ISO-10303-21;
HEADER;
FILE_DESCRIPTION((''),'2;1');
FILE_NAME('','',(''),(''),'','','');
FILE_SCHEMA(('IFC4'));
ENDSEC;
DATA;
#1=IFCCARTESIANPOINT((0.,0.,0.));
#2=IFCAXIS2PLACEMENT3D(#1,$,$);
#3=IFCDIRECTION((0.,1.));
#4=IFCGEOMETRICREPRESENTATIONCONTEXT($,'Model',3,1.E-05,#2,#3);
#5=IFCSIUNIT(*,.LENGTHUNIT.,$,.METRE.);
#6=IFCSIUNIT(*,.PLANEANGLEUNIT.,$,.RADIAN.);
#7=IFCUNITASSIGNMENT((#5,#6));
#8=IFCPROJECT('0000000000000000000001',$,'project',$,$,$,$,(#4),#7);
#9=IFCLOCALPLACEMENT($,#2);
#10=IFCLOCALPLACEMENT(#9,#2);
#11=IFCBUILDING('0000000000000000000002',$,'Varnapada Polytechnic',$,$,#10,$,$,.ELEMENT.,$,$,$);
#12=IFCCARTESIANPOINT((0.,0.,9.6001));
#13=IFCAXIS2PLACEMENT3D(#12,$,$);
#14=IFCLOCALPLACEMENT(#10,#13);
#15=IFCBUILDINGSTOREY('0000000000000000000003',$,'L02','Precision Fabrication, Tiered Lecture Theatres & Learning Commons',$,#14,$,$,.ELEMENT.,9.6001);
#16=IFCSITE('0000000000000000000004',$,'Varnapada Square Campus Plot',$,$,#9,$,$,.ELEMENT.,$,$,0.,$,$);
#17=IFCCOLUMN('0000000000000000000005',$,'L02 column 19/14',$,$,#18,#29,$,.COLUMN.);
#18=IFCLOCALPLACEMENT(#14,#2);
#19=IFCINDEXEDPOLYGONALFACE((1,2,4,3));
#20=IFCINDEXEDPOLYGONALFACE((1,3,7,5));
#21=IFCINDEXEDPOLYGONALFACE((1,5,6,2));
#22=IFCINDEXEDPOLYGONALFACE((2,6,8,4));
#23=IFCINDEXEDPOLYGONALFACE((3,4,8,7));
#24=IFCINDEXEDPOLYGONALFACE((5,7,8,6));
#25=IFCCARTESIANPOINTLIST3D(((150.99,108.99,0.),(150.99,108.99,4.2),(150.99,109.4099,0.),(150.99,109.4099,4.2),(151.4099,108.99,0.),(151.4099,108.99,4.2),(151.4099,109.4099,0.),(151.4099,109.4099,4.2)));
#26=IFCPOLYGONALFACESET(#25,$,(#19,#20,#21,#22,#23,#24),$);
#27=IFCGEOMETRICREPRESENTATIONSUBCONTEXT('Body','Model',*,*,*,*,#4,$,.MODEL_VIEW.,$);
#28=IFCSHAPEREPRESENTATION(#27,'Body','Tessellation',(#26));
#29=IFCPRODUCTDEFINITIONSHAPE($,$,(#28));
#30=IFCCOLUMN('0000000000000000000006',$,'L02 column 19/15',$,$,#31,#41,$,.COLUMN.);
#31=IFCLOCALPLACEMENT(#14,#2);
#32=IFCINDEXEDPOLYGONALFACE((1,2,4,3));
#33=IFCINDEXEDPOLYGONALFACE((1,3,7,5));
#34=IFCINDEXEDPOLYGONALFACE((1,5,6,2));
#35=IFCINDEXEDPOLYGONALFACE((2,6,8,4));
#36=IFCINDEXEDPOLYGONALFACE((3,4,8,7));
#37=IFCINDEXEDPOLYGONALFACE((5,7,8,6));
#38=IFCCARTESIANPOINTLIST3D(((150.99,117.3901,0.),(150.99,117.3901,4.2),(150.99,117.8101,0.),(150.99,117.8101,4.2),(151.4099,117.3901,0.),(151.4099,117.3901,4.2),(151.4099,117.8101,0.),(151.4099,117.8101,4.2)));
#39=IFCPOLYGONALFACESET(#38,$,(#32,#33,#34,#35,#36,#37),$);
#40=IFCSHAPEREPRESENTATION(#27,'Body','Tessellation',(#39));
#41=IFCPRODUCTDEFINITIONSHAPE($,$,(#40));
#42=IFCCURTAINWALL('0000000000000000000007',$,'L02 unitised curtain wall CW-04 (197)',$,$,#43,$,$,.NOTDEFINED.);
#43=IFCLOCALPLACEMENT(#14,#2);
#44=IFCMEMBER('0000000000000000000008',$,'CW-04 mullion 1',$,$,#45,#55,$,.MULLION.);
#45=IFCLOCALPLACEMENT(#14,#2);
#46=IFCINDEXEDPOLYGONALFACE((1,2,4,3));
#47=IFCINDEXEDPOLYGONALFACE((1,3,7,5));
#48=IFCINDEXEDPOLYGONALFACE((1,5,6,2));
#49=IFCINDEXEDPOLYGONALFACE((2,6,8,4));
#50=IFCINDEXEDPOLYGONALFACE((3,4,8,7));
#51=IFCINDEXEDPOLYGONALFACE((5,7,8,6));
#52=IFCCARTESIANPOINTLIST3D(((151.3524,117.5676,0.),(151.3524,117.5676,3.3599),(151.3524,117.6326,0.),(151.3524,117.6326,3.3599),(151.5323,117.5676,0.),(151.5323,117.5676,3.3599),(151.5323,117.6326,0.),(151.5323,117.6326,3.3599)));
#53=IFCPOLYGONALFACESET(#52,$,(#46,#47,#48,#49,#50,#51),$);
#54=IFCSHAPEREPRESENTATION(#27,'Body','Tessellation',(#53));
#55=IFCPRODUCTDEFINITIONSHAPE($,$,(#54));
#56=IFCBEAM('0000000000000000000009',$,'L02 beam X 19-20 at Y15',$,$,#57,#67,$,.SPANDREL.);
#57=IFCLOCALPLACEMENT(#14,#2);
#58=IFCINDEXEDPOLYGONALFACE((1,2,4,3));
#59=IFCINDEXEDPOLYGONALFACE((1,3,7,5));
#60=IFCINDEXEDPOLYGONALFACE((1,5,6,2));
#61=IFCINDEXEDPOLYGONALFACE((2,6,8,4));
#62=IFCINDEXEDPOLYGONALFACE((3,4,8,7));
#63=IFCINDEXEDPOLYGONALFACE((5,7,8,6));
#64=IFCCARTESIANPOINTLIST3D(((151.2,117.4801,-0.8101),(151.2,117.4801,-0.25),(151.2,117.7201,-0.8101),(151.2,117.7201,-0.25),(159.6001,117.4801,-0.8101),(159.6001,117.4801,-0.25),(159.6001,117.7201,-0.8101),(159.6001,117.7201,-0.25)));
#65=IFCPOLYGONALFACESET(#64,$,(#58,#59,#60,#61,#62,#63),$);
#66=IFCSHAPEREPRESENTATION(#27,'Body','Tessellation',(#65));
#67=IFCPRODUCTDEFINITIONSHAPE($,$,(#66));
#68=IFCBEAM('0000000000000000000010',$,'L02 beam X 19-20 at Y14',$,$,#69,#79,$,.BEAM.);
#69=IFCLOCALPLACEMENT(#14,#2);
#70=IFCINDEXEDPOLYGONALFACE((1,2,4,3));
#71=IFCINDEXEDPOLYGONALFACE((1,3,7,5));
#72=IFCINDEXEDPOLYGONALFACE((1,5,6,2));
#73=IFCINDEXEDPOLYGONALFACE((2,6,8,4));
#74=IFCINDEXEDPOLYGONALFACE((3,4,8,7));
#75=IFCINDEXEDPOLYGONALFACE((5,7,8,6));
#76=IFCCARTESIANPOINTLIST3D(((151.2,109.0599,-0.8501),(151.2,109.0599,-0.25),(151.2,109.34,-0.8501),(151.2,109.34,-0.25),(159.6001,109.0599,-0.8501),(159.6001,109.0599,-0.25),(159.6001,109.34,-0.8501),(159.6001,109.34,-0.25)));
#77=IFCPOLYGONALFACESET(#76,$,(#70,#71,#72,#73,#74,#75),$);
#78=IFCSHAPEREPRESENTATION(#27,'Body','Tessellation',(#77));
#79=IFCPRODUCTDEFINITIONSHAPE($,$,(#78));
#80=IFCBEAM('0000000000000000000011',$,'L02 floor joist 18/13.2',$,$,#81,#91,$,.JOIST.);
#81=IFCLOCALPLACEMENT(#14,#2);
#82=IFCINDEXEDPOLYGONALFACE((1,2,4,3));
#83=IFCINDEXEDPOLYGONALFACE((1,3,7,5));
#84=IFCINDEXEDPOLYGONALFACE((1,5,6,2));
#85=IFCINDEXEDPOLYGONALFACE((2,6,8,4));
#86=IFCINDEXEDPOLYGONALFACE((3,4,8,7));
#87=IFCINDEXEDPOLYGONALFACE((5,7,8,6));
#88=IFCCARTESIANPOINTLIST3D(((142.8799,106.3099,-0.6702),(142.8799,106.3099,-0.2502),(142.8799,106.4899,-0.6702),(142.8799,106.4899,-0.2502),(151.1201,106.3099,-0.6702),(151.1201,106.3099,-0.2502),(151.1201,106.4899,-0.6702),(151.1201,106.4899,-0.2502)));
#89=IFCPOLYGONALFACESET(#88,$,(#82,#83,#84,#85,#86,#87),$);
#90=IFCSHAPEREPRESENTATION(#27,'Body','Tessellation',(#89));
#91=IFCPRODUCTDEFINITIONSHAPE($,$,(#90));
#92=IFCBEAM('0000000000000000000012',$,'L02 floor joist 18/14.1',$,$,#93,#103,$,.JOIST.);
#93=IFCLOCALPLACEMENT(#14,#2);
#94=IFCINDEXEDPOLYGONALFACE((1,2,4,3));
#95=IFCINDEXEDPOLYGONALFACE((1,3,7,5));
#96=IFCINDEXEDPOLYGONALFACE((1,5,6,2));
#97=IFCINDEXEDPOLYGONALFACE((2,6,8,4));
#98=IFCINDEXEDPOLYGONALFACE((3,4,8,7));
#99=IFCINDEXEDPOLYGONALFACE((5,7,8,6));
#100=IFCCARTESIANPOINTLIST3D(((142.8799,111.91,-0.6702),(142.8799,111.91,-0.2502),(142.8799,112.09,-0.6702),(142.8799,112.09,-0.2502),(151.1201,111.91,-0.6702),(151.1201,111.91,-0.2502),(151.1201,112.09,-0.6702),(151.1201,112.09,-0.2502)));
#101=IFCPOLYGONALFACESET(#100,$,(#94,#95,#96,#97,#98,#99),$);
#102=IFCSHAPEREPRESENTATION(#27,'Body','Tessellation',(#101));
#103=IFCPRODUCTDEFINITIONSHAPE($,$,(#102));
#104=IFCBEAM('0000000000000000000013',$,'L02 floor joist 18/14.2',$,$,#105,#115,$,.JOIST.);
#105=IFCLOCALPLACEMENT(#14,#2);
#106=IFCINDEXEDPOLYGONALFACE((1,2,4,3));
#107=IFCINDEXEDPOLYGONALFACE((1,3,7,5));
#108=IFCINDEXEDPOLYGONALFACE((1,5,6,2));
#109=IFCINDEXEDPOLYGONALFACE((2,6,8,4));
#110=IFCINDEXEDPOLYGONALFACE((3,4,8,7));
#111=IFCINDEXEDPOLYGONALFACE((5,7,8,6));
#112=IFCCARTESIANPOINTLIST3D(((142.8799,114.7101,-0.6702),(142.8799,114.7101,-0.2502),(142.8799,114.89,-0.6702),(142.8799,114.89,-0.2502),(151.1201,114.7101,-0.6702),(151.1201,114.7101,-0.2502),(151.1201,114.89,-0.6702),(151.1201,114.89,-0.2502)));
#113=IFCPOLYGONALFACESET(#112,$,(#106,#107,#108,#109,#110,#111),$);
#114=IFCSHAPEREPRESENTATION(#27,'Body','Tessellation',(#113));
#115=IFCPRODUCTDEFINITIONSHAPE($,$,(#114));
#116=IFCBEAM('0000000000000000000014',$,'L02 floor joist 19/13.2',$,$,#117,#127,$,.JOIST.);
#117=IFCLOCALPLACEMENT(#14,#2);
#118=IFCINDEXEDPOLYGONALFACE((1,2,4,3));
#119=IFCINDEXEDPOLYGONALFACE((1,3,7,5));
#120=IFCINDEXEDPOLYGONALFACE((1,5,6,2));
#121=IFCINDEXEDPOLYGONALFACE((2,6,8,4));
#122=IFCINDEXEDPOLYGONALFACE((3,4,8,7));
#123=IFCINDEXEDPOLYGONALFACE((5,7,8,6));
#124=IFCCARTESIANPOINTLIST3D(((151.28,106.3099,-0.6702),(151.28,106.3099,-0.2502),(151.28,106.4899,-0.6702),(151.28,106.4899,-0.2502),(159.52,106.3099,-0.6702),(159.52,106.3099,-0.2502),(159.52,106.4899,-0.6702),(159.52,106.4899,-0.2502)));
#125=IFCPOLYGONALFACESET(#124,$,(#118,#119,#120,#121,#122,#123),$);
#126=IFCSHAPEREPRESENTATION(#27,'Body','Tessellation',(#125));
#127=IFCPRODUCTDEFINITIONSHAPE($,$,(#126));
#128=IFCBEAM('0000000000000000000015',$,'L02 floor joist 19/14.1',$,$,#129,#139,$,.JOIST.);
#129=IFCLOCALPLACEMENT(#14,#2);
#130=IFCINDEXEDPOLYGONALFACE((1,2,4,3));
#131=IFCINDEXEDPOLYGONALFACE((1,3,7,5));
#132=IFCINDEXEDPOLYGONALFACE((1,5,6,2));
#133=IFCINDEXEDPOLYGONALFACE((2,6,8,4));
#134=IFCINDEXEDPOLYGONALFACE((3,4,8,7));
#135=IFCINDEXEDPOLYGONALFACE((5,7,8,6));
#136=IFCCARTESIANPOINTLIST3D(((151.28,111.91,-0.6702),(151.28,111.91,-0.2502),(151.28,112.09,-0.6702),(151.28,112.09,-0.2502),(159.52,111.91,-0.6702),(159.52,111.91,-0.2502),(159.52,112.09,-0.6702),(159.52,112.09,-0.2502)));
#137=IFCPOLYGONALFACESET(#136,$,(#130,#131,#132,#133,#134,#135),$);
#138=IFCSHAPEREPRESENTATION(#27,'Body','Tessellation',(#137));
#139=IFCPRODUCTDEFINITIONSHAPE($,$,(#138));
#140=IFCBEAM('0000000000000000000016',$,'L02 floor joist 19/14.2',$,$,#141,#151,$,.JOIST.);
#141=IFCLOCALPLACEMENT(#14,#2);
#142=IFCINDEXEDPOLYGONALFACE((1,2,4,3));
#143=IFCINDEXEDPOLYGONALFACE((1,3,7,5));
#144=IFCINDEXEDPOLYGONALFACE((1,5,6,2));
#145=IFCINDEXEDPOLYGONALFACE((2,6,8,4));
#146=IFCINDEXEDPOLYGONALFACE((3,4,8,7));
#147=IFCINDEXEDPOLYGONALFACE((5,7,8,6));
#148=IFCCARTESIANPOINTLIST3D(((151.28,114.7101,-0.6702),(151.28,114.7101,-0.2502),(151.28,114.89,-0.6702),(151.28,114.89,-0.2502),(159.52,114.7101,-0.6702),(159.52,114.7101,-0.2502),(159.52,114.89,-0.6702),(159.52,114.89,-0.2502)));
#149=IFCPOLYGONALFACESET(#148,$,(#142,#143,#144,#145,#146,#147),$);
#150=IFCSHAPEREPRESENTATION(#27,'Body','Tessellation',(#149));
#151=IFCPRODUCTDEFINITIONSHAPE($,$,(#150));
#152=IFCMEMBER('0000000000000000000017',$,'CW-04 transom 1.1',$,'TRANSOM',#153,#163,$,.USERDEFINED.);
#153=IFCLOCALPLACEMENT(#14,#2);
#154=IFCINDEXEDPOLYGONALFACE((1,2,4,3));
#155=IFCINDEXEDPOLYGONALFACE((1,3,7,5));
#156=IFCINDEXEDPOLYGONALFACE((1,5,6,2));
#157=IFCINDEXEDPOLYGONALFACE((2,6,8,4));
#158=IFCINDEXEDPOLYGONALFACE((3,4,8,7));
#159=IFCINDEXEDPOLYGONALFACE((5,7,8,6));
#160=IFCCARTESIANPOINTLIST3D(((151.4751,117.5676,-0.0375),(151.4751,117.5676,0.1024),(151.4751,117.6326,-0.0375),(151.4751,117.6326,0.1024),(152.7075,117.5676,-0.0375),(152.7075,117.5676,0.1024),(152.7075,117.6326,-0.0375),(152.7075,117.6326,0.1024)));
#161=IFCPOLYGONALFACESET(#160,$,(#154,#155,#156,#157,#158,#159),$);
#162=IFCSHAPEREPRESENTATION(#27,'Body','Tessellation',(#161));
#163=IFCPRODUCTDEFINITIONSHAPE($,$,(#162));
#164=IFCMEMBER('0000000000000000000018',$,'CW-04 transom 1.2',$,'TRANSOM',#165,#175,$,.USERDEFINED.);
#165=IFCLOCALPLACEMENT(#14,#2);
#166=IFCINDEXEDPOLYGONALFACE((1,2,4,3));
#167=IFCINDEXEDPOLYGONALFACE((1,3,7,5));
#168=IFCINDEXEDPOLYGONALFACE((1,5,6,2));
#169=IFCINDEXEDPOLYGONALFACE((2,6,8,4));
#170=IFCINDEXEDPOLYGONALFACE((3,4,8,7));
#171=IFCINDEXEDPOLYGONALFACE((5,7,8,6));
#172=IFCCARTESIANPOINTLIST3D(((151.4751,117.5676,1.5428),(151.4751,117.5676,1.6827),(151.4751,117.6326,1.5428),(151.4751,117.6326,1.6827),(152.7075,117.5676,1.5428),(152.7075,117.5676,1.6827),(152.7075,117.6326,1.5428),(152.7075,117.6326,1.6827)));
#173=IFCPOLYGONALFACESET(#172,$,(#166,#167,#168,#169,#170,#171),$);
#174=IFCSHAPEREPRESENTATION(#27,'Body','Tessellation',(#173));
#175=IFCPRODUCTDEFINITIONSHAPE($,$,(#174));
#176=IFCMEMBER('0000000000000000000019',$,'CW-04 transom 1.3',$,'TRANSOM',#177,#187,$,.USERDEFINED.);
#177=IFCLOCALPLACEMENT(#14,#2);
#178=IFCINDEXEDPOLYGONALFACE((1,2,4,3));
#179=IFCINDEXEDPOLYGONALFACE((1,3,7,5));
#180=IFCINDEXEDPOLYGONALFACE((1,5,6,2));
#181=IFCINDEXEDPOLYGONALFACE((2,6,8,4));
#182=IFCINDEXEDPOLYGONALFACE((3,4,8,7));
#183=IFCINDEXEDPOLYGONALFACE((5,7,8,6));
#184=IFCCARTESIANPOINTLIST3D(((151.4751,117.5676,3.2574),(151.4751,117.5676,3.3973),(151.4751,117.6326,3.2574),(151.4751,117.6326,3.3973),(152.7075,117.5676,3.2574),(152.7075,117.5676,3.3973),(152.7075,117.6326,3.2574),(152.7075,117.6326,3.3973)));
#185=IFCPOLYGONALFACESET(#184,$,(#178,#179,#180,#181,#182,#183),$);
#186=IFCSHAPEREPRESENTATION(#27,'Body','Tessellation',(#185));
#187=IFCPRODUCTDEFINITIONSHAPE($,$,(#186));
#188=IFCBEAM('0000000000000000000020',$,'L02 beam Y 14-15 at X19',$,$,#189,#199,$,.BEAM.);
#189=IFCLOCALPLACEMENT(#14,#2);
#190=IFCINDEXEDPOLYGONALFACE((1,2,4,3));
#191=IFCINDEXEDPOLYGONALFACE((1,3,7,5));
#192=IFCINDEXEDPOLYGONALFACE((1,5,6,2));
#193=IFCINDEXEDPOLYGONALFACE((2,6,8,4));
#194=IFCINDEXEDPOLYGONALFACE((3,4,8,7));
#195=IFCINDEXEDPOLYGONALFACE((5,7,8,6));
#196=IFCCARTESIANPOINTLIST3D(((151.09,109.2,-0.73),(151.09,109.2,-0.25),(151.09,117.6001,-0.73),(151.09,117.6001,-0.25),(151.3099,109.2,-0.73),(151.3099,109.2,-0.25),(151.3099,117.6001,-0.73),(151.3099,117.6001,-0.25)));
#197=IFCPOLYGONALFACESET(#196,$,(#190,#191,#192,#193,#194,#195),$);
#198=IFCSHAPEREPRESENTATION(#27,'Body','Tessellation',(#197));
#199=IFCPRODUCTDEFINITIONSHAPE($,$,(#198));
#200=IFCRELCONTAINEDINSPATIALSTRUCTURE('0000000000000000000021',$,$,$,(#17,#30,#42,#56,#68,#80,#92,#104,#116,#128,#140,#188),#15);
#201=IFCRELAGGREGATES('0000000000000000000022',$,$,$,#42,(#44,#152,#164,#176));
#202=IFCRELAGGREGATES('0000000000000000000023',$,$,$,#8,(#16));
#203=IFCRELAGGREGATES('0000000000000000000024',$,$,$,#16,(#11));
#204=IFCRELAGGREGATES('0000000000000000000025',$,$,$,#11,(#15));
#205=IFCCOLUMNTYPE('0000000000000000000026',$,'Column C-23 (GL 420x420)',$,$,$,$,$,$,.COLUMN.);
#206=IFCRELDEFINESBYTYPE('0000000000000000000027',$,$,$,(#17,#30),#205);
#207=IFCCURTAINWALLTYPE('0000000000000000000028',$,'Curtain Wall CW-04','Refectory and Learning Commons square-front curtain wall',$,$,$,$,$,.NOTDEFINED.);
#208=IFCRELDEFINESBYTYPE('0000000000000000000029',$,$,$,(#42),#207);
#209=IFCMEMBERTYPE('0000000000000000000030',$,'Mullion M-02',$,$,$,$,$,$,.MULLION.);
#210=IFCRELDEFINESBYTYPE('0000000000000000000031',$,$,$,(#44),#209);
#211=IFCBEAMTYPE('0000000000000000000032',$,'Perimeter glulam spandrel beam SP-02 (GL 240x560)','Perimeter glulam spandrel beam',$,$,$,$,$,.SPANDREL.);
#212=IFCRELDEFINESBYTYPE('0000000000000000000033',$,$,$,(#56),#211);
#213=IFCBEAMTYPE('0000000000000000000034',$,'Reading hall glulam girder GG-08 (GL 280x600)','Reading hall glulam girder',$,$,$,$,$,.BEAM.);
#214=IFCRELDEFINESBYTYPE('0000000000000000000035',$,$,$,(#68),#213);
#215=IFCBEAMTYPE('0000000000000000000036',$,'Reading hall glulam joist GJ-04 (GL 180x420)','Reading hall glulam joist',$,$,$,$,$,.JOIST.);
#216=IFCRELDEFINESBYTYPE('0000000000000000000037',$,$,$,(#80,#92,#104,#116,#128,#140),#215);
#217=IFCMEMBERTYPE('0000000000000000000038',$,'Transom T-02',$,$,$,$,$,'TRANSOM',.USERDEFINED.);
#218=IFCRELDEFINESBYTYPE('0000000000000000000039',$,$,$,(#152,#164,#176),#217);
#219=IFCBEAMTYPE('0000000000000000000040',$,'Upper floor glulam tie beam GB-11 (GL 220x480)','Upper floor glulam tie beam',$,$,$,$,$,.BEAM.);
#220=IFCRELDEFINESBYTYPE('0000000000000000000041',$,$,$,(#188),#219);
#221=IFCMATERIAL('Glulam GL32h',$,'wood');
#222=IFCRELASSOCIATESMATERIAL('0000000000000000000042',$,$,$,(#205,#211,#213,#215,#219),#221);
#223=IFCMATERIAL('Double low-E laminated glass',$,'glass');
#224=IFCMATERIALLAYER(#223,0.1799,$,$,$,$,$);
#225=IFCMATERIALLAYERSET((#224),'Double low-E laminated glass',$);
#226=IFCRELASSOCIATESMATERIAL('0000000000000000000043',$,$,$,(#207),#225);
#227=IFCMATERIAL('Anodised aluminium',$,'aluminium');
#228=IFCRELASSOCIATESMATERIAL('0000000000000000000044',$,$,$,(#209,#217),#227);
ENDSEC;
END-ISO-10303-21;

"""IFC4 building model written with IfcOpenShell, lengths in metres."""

from ifc_helpers import new_model, si_unit, direction, frame, origin, origin_2d, place, context, subcontext, project, spatial, rectangle, extrude, material, layer, layer_set, material_profile, profile_set, type_object, element, aggregate, save


model = new_model("IFC4")

# Units and contexts
model_context = context("Model", 3, precision=1e-05, world=origin(), true_north=direction((0.0, 1.0)))
body_context = subcontext(model_context, "Body", "Model", "MODEL_VIEW")
ifc_project = project(units=[si_unit("LENGTHUNIT", "METRE"), si_unit("PLANEANGLEUNIT", "RADIAN")], contexts=[model_context])

# Site, building, storey
site_placement = place(None, origin())
site = spatial("IfcSite", under=ifc_project, at=site_placement, Name="Varnapada Square Campus Plot", CompositionType="ELEMENT", RefElevation=0.0)
building_placement = place(site_placement, origin())
building = spatial("IfcBuilding", under=site, at=building_placement, Name="Varnapada Polytechnic", CompositionType="ELEMENT")
storey_placement = place(building_placement, frame((0.0, 0.0, 9.6001)))
storey = spatial("IfcBuildingStorey", under=building, at=storey_placement, Name="L02", Description="Precision Fabrication, Tiered Lecture Theatres & Learning Commons", CompositionType="ELEMENT", Elevation=9.6001)

# Columns
ifc_material_1 = material(Name="Glulam GL32h", Category="wood")
ifc_material_profile_1 = material_profile(ifc_material_1, rectangle(XDim=0.4199, YDim=0.4199, at=origin_2d()), Name="GL 420x420")
ifc_profile_set_1 = profile_set([ifc_material_profile_1], Name="Glulam GL32h")
column_type = type_object("IfcColumnType", Name="Column C-23 (GL 420x420)", PredefinedType="COLUMN", material=ifc_profile_set_1)
for number, where, z_axis, x_axis, name in (
    (1, (151.2, 109.2, 0.0), (0.0, 0.0, 1.0), (1.0, 0.0, 0.0), "L02 column 19/14"),
    (2, (151.2, 117.6001, 0.0), (0.0, 0.0, 1.0), (1.0, 0.0, 0.0), "L02 column 19/15"),
):
    element("IfcColumn", number, at=place(storey_placement, frame(where, z_axis=z_axis, x_axis=x_axis)), inside=storey, type_object=column_type, Name=name, PredefinedType="COLUMN", context=body_context, shape_type="SweptSolid", body=[
        extrude(rectangle(XDim=0.4199, YDim=0.4199, at=origin_2d()), origin(), (0.0, 0.0, 1.0), 4.2),
    ])

# Curtain wall, member
ifc_material_2 = material(Name="Double low-E laminated glass", Category="glass")
ifc_layer_1 = layer(ifc_material_2, 0.1799)
ifc_layer_set_1 = layer_set([ifc_layer_1], Name="Double low-E laminated glass")
curtain_wall_type = type_object("IfcCurtainWallType", Name="Curtain Wall CW-04", Description="Refectory and Learning Commons square-front curtain wall", PredefinedType="NOTDEFINED", material=ifc_layer_set_1)
curtain_wall_placement = place(storey_placement, origin())
curtain_wall = element("IfcCurtainWall", 3, at=curtain_wall_placement, inside=storey, type_object=curtain_wall_type, Name="L02 unitised curtain wall CW-04 (197)", PredefinedType="NOTDEFINED")
ifc_material_3 = material(Name="Anodised aluminium", Category="aluminium")
ifc_material_profile_2 = material_profile(ifc_material_3, rectangle(XDim=0.0649, YDim=0.1799, at=origin_2d()), Name="ALU M65x180")
ifc_profile_set_2 = profile_set([ifc_material_profile_2], Name="Anodised aluminium")
member_type_1 = type_object("IfcMemberType", Name="Mullion M-02", PredefinedType="MULLION", material=ifc_profile_set_2)
member_1_placement = place(storey_placement, frame((151.4424, 117.6001, 0.0), z_axis=(0.0, 0.0, 1.0), x_axis=(0.0, 1.0, 0.0)))
member_1 = element("IfcMember", 4, at=member_1_placement, type_object=member_type_1, Name="CW-04 mullion 1", PredefinedType="MULLION", context=body_context, shape_type="SweptSolid", body=[
    extrude(rectangle(XDim=0.0649, YDim=0.1799, at=origin_2d()), origin(), (0.0, 0.0, 1.0), 3.3599),
])

# Beams
ifc_material_profile_3 = material_profile(ifc_material_1, rectangle(XDim=0.24, YDim=0.5601, at=origin_2d()), Name="GL 240x560")
ifc_profile_set_3 = profile_set([ifc_material_profile_3], Name="Glulam GL32h")
beam_type_1 = type_object("IfcBeamType", Name="Perimeter glulam spandrel beam SP-02 (GL 240x560)", Description="Perimeter glulam spandrel beam", PredefinedType="SPANDREL", material=ifc_profile_set_3)
beam_1_placement = place(storey_placement, frame((151.2, 117.6001, -0.53), z_axis=(1.0, 0.0, 0.0), x_axis=(0.0, 1.0, 0.0)))
element("IfcBeam", 5, at=beam_1_placement, inside=storey, type_object=beam_type_1, Name="L02 beam X 19-20 at Y15", PredefinedType="SPANDREL", context=body_context, shape_type="SweptSolid", body=[
    extrude(rectangle(XDim=0.24, YDim=0.5601, at=origin_2d()), origin(), (0.0, 0.0, 1.0), 8.4001),
])
ifc_material_profile_4 = material_profile(ifc_material_1, rectangle(XDim=0.28, YDim=0.6001, at=origin_2d()), Name="GL 280x600")
ifc_profile_set_4 = profile_set([ifc_material_profile_4], Name="Glulam GL32h")
beam_type_2 = type_object("IfcBeamType", Name="Reading hall glulam girder GG-08 (GL 280x600)", Description="Reading hall glulam girder", PredefinedType="BEAM", material=ifc_profile_set_4)
beam_2_placement = place(storey_placement, frame((151.2, 109.2, -0.55), z_axis=(1.0, 0.0, 0.0), x_axis=(0.0, 1.0, 0.0)))
element("IfcBeam", 6, at=beam_2_placement, inside=storey, type_object=beam_type_2, Name="L02 beam X 19-20 at Y14", PredefinedType="BEAM", context=body_context, shape_type="SweptSolid", body=[
    extrude(rectangle(XDim=0.28, YDim=0.6001, at=origin_2d()), origin(), (0.0, 0.0, 1.0), 8.4001),
])
ifc_material_profile_5 = material_profile(ifc_material_1, rectangle(XDim=0.1799, YDim=0.4199, at=origin_2d()), Name="GL 180x420")
ifc_profile_set_5 = profile_set([ifc_material_profile_5], Name="Glulam GL32h")
beam_type_3 = type_object("IfcBeamType", Name="Reading hall glulam joist GJ-04 (GL 180x420)", Description="Reading hall glulam joist", PredefinedType="JOIST", material=ifc_profile_set_5)
for number, where, z_axis, x_axis, name in (
    (7, (142.8799, 106.3999, -0.4602), (1.0, 0.0, 0.0), (0.0, 1.0, 0.0), "L02 floor joist 18/13.2"),
    (8, (142.8799, 112.0, -0.4602), (1.0, 0.0, 0.0), (0.0, 1.0, 0.0), "L02 floor joist 18/14.1"),
    (9, (142.8799, 114.8, -0.4602), (1.0, 0.0, 0.0), (0.0, 1.0, 0.0), "L02 floor joist 18/14.2"),
):
    element("IfcBeam", number, at=place(storey_placement, frame(where, z_axis=z_axis, x_axis=x_axis)), inside=storey, type_object=beam_type_3, Name=name, PredefinedType="JOIST", context=body_context, shape_type="SweptSolid", body=[
        extrude(rectangle(XDim=0.1799, YDim=0.4199, at=origin_2d()), origin(), (0.0, 0.0, 1.0), 8.2402),
    ])
for number, where, z_axis, x_axis, name in (
    (10, (151.28, 106.3999, -0.4602), (1.0, 0.0, 0.0), (0.0, 1.0, 0.0), "L02 floor joist 19/13.2"),
    (11, (151.28, 112.0, -0.4602), (1.0, 0.0, 0.0), (0.0, 1.0, 0.0), "L02 floor joist 19/14.1"),
    (12, (151.28, 114.8, -0.4602), (1.0, 0.0, 0.0), (0.0, 1.0, 0.0), "L02 floor joist 19/14.2"),
):
    element("IfcBeam", number, at=place(storey_placement, frame(where, z_axis=z_axis, x_axis=x_axis)), inside=storey, type_object=beam_type_3, Name=name, PredefinedType="JOIST", context=body_context, shape_type="SweptSolid", body=[
        extrude(rectangle(XDim=0.1799, YDim=0.4199, at=origin_2d()), origin(), (0.0, 0.0, 1.0), 8.24),
    ])

# Members
ifc_material_profile_6 = material_profile(ifc_material_3, rectangle(XDim=0.0649, YDim=0.1399, at=origin_2d()), Name="ALU T65x140")
ifc_profile_set_6 = profile_set([ifc_material_profile_6], Name="Anodised aluminium")
member_type_2 = type_object("IfcMemberType", Name="Transom T-02", ElementType="TRANSOM", PredefinedType="USERDEFINED", material=ifc_profile_set_6)
member_2_placement = place(storey_placement, frame((151.4751, 117.6001, 0.0325), z_axis=(1.0, 0.0, 0.0), x_axis=(0.0, 1.0, 0.0)))
member_2 = element("IfcMember", 13, at=member_2_placement, type_object=member_type_2, Name="CW-04 transom 1.1", ObjectType="TRANSOM", PredefinedType="USERDEFINED", context=body_context, shape_type="SweptSolid", body=[
    extrude(rectangle(XDim=0.0649, YDim=0.1399, at=origin_2d()), origin(), (0.0, 0.0, 1.0), 1.2324),
])
member_3_placement = place(storey_placement, frame((151.4751, 117.6001, 1.6128), z_axis=(1.0, 0.0, 0.0), x_axis=(0.0, 1.0, 0.0)))
member_3 = element("IfcMember", 14, at=member_3_placement, type_object=member_type_2, Name="CW-04 transom 1.2", ObjectType="TRANSOM", PredefinedType="USERDEFINED", context=body_context, shape_type="SweptSolid", body=[
    extrude(rectangle(XDim=0.0649, YDim=0.1399, at=origin_2d()), origin(), (0.0, 0.0, 1.0), 1.2324),
])
member_4_placement = place(storey_placement, frame((151.4751, 117.6001, 3.3274), z_axis=(1.0, 0.0, 0.0), x_axis=(0.0, 1.0, 0.0)))
member_4 = element("IfcMember", 15, at=member_4_placement, type_object=member_type_2, Name="CW-04 transom 1.3", ObjectType="TRANSOM", PredefinedType="USERDEFINED", context=body_context, shape_type="SweptSolid", body=[
    extrude(rectangle(XDim=0.0649, YDim=0.1399, at=origin_2d()), origin(), (0.0, 0.0, 1.0), 1.2324),
])
aggregate(curtain_wall, [member_1, member_2, member_3, member_4])

# Beam
ifc_material_profile_7 = material_profile(ifc_material_1, rectangle(XDim=0.22, YDim=0.48, at=origin_2d()), Name="GL 220x480")
ifc_profile_set_7 = profile_set([ifc_material_profile_7], Name="Glulam GL32h")
beam_type_4 = type_object("IfcBeamType", Name="Upper floor glulam tie beam GB-11 (GL 220x480)", Description="Upper floor glulam tie beam", PredefinedType="BEAM", material=ifc_profile_set_7)
beam_3_placement = place(storey_placement, frame((151.2, 109.2, -0.49), z_axis=(0.0, 1.0, 0.0), x_axis=(-1.0, 0.0, 0.0)))
element("IfcBeam", 16, at=beam_3_placement, inside=storey, type_object=beam_type_4, Name="L02 beam Y 14-15 at X19", PredefinedType="BEAM", context=body_context, shape_type="SweptSolid", body=[
    extrude(rectangle(XDim=0.22, YDim=0.48, at=origin_2d()), origin(), (0.0, 0.0, 1.0), 8.4001),
])

save(model, "model.ifc")
